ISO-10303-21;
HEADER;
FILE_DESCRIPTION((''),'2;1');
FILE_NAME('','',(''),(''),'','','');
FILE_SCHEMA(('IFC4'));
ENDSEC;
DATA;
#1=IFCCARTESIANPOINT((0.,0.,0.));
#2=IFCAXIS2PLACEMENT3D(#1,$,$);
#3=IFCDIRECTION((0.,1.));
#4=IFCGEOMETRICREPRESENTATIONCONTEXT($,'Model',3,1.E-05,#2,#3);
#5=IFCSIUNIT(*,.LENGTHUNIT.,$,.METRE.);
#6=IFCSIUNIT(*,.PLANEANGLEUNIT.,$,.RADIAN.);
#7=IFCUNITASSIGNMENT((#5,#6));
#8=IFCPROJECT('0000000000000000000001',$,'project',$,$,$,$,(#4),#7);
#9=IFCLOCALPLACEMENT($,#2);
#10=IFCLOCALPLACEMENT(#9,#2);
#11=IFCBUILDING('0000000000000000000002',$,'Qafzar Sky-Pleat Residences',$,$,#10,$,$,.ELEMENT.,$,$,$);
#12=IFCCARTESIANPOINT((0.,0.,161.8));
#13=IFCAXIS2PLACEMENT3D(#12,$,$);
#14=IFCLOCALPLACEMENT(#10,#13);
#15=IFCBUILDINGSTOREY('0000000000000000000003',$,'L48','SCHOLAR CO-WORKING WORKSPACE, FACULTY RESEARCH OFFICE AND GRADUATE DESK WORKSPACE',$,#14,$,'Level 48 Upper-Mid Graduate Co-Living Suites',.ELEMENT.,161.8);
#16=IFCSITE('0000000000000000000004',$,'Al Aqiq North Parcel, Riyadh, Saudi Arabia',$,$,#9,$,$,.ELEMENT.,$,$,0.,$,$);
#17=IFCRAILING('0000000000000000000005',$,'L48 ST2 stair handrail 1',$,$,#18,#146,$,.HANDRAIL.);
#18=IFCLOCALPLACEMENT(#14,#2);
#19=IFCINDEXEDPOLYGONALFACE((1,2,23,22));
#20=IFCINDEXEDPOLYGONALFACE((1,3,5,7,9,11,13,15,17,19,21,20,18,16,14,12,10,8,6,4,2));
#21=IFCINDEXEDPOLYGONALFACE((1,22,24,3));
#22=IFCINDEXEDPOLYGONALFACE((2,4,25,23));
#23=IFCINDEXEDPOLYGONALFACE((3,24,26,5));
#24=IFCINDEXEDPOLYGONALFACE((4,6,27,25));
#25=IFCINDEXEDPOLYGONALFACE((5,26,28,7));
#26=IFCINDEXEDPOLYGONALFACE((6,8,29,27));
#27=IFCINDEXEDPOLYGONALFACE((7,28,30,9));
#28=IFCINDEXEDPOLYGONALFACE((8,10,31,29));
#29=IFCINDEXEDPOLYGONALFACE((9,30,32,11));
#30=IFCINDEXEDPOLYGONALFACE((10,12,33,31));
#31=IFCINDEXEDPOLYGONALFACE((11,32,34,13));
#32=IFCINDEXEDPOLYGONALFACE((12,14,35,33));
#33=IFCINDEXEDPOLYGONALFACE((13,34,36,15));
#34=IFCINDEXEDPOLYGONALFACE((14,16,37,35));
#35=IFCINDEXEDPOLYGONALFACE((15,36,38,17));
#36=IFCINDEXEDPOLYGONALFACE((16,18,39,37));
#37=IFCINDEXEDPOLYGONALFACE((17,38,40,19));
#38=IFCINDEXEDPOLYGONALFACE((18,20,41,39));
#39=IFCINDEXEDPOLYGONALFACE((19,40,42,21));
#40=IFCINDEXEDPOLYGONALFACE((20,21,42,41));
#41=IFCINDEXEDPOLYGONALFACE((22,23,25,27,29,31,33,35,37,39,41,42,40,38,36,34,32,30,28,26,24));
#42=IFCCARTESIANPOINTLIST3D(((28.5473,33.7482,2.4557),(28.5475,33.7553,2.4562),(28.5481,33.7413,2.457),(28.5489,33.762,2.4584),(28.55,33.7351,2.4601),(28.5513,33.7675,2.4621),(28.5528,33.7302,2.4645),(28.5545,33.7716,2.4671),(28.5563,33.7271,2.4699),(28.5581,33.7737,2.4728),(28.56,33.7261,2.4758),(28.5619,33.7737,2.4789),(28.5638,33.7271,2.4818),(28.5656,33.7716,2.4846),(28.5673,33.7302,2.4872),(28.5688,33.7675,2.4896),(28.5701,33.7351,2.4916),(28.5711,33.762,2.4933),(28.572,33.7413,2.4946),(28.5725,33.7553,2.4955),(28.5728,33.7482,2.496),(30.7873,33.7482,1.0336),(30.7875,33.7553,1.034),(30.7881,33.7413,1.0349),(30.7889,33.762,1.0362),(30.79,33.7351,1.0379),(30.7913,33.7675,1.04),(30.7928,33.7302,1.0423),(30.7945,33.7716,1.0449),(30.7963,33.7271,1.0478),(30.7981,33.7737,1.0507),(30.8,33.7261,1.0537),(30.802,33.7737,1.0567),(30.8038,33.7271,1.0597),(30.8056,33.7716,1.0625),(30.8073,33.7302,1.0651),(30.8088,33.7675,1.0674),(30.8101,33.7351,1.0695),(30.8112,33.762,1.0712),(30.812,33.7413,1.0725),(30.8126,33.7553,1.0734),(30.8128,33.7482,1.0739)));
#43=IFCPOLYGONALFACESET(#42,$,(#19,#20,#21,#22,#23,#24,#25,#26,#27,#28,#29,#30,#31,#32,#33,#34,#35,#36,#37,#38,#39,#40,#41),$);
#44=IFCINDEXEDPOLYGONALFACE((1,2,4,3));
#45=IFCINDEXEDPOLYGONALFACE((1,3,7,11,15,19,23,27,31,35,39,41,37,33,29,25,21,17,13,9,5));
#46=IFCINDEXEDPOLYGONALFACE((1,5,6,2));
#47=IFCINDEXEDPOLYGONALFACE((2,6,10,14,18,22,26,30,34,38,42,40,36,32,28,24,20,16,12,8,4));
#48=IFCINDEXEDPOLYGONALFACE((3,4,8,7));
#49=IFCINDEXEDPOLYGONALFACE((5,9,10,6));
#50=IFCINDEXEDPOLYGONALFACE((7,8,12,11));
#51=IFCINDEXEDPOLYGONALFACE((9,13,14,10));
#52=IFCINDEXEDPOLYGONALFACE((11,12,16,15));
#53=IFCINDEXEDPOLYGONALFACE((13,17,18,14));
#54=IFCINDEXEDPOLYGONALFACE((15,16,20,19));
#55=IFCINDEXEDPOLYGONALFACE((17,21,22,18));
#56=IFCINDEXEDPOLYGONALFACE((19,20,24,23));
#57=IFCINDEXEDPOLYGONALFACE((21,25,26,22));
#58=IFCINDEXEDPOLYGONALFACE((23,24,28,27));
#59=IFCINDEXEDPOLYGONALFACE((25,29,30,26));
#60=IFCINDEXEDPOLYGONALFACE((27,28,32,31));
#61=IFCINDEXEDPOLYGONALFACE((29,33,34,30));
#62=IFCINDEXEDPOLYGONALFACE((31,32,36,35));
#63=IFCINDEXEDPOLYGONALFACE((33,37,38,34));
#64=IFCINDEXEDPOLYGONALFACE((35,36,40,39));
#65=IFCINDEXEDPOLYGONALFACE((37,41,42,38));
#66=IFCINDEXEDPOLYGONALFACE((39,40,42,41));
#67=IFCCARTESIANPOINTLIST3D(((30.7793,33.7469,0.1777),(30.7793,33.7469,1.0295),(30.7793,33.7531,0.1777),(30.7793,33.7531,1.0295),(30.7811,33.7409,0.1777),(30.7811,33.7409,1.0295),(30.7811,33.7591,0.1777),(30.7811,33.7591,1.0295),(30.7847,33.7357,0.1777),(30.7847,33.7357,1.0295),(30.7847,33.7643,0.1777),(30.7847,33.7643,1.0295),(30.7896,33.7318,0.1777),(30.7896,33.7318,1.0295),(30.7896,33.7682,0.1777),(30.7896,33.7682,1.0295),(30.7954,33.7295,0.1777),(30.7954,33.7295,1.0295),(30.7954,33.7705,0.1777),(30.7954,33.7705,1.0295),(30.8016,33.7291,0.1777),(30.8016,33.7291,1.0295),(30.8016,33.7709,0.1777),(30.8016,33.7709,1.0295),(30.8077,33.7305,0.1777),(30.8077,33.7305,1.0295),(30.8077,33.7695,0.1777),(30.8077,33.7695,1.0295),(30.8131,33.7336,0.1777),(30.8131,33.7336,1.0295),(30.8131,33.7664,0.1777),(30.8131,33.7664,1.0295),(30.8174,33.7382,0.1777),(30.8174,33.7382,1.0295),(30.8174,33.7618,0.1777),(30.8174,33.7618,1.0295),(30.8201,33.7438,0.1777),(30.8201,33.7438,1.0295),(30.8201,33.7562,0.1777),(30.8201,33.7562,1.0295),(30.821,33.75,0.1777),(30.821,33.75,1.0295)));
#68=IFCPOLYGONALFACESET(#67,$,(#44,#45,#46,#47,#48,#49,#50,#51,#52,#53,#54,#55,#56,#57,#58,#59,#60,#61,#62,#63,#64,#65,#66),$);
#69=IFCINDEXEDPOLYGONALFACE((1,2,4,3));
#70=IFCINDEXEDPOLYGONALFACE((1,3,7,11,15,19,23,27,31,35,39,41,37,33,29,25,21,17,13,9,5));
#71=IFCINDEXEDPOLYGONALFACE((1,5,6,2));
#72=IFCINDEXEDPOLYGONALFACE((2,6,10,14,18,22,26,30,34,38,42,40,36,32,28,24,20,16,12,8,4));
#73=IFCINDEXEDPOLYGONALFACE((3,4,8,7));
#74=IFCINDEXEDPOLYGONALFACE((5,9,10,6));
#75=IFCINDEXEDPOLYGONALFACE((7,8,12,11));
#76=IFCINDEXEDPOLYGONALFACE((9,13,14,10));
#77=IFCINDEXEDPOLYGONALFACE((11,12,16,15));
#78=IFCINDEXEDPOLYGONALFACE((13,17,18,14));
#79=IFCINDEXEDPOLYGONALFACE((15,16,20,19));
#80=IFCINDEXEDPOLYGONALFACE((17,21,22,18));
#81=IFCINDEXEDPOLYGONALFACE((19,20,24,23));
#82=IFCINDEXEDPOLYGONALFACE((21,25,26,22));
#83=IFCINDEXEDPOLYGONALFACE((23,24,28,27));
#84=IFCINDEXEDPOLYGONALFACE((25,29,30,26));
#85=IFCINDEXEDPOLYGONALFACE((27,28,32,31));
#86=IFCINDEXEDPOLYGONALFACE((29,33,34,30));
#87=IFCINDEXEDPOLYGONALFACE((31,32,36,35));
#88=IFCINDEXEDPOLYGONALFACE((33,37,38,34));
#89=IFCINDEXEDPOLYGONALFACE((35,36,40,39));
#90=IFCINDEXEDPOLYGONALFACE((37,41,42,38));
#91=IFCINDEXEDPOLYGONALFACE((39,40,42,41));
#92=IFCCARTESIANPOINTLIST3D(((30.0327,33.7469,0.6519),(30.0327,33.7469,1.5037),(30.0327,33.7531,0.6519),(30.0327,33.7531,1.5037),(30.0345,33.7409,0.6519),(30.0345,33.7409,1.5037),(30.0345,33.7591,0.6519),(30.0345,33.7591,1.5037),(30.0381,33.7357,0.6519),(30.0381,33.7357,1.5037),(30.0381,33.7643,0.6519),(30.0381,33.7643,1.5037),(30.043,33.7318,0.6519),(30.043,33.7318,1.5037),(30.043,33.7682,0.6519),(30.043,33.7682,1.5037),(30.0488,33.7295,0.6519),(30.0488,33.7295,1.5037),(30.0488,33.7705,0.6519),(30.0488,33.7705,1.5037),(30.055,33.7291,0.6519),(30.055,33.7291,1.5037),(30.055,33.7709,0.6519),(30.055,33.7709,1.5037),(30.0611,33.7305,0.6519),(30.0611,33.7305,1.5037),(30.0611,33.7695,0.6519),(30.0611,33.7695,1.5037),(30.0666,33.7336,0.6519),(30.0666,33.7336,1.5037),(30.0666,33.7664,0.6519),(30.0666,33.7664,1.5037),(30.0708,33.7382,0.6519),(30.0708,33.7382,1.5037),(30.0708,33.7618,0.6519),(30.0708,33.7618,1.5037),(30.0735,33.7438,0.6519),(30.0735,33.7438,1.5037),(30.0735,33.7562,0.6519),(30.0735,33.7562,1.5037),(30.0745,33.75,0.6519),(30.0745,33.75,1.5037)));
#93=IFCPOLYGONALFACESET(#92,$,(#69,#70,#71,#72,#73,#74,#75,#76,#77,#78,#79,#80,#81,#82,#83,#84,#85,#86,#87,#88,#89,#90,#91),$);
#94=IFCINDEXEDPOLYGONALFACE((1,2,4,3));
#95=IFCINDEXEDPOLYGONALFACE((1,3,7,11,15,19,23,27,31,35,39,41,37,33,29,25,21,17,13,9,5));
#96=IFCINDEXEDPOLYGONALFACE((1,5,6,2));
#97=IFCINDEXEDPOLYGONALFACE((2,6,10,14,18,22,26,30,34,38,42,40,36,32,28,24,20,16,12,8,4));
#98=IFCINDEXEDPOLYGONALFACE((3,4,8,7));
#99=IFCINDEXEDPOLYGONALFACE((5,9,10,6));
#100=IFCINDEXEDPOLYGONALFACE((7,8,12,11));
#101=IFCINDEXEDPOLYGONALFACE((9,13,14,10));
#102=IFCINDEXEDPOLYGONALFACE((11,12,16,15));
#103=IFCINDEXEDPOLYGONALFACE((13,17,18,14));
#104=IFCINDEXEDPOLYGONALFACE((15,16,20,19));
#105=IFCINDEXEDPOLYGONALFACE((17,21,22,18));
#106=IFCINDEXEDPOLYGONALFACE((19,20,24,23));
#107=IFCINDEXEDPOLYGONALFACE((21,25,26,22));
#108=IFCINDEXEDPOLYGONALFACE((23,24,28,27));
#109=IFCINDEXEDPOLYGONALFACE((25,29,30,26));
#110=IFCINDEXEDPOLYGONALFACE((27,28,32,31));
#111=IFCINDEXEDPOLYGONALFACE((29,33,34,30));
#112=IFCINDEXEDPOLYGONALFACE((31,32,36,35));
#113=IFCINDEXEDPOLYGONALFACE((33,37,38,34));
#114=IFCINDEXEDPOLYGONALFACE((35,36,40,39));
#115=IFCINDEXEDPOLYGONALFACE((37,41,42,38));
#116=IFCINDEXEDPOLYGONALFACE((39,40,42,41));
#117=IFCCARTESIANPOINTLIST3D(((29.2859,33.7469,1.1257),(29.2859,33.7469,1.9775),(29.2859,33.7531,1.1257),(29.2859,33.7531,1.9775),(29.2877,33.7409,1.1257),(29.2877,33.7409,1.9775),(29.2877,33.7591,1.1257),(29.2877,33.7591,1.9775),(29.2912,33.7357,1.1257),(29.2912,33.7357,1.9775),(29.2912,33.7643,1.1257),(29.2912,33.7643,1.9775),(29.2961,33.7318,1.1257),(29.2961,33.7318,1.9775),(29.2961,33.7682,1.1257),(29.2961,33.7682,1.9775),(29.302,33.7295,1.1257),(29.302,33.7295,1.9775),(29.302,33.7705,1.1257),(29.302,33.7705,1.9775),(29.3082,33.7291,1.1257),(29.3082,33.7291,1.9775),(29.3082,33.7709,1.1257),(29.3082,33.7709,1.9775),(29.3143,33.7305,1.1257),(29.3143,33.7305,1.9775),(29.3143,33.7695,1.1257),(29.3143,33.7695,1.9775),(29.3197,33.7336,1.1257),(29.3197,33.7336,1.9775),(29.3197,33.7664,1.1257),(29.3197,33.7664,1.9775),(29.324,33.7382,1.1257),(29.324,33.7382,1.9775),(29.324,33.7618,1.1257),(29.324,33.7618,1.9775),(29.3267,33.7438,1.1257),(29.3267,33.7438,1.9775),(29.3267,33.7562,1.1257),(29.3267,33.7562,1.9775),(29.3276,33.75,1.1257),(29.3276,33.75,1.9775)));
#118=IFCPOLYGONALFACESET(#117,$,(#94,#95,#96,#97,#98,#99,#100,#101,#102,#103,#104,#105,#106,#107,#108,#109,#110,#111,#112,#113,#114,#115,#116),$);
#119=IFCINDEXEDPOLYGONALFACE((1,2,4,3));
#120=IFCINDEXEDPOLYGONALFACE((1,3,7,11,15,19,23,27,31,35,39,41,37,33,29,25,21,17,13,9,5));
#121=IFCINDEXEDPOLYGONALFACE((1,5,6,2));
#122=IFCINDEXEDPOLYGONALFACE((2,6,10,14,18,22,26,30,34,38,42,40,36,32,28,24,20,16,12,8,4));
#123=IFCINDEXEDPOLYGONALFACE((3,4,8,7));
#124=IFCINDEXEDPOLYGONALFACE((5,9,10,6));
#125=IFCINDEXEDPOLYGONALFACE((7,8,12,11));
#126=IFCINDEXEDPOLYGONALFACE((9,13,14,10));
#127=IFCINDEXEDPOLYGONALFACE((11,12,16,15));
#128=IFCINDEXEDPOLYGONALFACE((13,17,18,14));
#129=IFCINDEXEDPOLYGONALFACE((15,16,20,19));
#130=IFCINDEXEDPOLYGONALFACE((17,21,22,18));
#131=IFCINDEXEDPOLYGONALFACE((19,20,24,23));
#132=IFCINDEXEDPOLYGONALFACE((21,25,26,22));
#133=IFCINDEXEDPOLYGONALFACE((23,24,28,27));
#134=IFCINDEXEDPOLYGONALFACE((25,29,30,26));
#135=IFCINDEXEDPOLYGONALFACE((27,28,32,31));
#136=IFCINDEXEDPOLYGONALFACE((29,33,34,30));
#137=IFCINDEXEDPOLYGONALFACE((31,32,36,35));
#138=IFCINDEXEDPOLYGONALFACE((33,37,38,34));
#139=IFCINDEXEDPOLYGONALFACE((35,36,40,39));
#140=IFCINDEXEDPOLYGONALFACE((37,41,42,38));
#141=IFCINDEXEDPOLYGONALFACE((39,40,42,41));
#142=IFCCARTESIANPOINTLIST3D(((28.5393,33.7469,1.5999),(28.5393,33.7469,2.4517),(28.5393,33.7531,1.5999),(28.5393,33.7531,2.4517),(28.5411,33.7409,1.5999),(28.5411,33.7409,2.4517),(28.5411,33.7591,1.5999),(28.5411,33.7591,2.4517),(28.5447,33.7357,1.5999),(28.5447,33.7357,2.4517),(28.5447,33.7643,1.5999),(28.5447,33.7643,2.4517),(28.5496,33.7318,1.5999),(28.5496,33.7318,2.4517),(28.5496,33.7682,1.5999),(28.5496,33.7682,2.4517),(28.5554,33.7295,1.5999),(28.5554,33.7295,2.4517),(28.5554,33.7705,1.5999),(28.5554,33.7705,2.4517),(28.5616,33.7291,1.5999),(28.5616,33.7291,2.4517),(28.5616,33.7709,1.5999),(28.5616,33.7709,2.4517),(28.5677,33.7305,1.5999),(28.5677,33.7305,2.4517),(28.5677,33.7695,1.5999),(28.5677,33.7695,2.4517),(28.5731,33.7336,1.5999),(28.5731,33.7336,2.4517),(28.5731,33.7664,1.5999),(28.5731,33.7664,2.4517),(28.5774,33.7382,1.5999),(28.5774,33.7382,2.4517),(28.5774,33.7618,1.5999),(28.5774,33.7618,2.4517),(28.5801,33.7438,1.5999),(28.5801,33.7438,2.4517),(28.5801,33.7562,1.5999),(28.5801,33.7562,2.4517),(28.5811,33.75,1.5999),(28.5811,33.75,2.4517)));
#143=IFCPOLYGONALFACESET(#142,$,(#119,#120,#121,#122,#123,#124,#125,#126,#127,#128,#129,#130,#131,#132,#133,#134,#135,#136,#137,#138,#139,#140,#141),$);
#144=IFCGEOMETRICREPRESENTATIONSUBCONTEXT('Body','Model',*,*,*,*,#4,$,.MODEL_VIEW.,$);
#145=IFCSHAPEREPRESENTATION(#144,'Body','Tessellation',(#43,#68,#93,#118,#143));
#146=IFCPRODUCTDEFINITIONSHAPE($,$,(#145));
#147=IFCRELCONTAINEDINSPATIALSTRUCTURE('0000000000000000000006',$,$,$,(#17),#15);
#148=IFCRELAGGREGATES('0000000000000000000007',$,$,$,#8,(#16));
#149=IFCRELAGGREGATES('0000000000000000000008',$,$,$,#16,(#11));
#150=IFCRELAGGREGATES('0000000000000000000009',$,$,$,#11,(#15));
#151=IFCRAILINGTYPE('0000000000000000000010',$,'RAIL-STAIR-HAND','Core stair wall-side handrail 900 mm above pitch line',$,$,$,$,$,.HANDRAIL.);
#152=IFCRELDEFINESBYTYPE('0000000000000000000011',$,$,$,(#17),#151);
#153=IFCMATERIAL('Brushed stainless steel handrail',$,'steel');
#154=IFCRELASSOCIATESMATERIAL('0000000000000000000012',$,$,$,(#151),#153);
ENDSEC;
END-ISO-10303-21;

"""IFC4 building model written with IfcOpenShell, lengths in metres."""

from ifc_helpers import new_model, si_unit, direction, frame, origin, origin_2d, place, context, subcontext, project, spatial, circle, extrude, source, transform, mapped, material, type_object, element, save


model = new_model("IFC4")

# Units and contexts
model_context = context("Model", 3, precision=1e-05, world=origin(), true_north=direction((0.0, 1.0)))
body_context = subcontext(model_context, "Body", "Model", "MODEL_VIEW")
ifc_project = project(units=[si_unit("LENGTHUNIT", "METRE"), si_unit("PLANEANGLEUNIT", "RADIAN")], contexts=[model_context])

# Site, building, storey
site_placement = place(None, origin())
site = spatial("IfcSite", under=ifc_project, at=site_placement, Name="Al Aqiq North Parcel, Riyadh, Saudi Arabia", CompositionType="ELEMENT", RefElevation=0.0)
building_placement = place(site_placement, origin())
building = spatial("IfcBuilding", under=site, at=building_placement, Name="Qafzar Sky-Pleat Residences", CompositionType="ELEMENT")
storey_placement = place(building_placement, frame((0.0, 0.0, 161.8)))
storey = spatial("IfcBuildingStorey", under=building, at=storey_placement, Name="L48", Description="SCHOLAR CO-WORKING WORKSPACE, FACULTY RESEARCH OFFICE AND GRADUATE DESK WORKSPACE", LongName="Level 48 Upper-Mid Graduate Co-Living Suites", CompositionType="ELEMENT", Elevation=161.8)

# Railing
ifc_material_1 = material(Name="Brushed stainless steel handrail", Category="steel")
railing_type_1 = type_object("IfcRailingType", Name="RAIL-STAIR-HAND", Description="Core stair wall-side handrail 900 mm above pitch line", PredefinedType="HANDRAIL", material=ifc_material_1)
shared_shape_1 = source(origin(), body_context, "Body", "SweptSolid", [
    extrude(circle(Radius=0.0239, at=origin_2d()), frame((0.0, 0.0, 0.876), z_axis=(-0.844229, 0.0, 0.535982), x_axis=(0.0, -1.0, 0.0)), (0.0, 0.0, 1.0), 2.6533),
    extrude(circle(Radius=0.021, at=origin_2d()), origin(), (0.0, 0.0, 1.0), 0.8518),
    extrude(circle(Radius=0.021, at=origin_2d()), frame((-0.7466, 0.0, 0.4741)), (0.0, 0.0, 1.0), 0.8518),
    extrude(circle(Radius=0.021, at=origin_2d()), frame((-1.4934, 0.0, 0.948)), (0.0, 0.0, 1.0), 0.8518),
    extrude(circle(Radius=0.021, at=origin_2d()), frame((-2.24, 0.0, 1.4221)), (0.0, 0.0, 1.0), 0.8518),
])
railing_1_placement = place(storey_placement, frame((30.8, 33.75, 0.1777)))
element("IfcRailing", 1, at=railing_1_placement, inside=storey, type_object=railing_type_1, Name="L48 ST2 stair handrail 1", PredefinedType="HANDRAIL", context=body_context, shape_type="MappedRepresentation", body=[
    mapped(shared_shape_1, transform((0.0, 0.0, 0.0), x_axis=(1.0, 0.0, 0.0), y_axis=(0.0, 1.0, 0.0), z_axis=(0.0, 0.0, 1.0), scale=1.0)),
])

save(model, "model.ifc")
